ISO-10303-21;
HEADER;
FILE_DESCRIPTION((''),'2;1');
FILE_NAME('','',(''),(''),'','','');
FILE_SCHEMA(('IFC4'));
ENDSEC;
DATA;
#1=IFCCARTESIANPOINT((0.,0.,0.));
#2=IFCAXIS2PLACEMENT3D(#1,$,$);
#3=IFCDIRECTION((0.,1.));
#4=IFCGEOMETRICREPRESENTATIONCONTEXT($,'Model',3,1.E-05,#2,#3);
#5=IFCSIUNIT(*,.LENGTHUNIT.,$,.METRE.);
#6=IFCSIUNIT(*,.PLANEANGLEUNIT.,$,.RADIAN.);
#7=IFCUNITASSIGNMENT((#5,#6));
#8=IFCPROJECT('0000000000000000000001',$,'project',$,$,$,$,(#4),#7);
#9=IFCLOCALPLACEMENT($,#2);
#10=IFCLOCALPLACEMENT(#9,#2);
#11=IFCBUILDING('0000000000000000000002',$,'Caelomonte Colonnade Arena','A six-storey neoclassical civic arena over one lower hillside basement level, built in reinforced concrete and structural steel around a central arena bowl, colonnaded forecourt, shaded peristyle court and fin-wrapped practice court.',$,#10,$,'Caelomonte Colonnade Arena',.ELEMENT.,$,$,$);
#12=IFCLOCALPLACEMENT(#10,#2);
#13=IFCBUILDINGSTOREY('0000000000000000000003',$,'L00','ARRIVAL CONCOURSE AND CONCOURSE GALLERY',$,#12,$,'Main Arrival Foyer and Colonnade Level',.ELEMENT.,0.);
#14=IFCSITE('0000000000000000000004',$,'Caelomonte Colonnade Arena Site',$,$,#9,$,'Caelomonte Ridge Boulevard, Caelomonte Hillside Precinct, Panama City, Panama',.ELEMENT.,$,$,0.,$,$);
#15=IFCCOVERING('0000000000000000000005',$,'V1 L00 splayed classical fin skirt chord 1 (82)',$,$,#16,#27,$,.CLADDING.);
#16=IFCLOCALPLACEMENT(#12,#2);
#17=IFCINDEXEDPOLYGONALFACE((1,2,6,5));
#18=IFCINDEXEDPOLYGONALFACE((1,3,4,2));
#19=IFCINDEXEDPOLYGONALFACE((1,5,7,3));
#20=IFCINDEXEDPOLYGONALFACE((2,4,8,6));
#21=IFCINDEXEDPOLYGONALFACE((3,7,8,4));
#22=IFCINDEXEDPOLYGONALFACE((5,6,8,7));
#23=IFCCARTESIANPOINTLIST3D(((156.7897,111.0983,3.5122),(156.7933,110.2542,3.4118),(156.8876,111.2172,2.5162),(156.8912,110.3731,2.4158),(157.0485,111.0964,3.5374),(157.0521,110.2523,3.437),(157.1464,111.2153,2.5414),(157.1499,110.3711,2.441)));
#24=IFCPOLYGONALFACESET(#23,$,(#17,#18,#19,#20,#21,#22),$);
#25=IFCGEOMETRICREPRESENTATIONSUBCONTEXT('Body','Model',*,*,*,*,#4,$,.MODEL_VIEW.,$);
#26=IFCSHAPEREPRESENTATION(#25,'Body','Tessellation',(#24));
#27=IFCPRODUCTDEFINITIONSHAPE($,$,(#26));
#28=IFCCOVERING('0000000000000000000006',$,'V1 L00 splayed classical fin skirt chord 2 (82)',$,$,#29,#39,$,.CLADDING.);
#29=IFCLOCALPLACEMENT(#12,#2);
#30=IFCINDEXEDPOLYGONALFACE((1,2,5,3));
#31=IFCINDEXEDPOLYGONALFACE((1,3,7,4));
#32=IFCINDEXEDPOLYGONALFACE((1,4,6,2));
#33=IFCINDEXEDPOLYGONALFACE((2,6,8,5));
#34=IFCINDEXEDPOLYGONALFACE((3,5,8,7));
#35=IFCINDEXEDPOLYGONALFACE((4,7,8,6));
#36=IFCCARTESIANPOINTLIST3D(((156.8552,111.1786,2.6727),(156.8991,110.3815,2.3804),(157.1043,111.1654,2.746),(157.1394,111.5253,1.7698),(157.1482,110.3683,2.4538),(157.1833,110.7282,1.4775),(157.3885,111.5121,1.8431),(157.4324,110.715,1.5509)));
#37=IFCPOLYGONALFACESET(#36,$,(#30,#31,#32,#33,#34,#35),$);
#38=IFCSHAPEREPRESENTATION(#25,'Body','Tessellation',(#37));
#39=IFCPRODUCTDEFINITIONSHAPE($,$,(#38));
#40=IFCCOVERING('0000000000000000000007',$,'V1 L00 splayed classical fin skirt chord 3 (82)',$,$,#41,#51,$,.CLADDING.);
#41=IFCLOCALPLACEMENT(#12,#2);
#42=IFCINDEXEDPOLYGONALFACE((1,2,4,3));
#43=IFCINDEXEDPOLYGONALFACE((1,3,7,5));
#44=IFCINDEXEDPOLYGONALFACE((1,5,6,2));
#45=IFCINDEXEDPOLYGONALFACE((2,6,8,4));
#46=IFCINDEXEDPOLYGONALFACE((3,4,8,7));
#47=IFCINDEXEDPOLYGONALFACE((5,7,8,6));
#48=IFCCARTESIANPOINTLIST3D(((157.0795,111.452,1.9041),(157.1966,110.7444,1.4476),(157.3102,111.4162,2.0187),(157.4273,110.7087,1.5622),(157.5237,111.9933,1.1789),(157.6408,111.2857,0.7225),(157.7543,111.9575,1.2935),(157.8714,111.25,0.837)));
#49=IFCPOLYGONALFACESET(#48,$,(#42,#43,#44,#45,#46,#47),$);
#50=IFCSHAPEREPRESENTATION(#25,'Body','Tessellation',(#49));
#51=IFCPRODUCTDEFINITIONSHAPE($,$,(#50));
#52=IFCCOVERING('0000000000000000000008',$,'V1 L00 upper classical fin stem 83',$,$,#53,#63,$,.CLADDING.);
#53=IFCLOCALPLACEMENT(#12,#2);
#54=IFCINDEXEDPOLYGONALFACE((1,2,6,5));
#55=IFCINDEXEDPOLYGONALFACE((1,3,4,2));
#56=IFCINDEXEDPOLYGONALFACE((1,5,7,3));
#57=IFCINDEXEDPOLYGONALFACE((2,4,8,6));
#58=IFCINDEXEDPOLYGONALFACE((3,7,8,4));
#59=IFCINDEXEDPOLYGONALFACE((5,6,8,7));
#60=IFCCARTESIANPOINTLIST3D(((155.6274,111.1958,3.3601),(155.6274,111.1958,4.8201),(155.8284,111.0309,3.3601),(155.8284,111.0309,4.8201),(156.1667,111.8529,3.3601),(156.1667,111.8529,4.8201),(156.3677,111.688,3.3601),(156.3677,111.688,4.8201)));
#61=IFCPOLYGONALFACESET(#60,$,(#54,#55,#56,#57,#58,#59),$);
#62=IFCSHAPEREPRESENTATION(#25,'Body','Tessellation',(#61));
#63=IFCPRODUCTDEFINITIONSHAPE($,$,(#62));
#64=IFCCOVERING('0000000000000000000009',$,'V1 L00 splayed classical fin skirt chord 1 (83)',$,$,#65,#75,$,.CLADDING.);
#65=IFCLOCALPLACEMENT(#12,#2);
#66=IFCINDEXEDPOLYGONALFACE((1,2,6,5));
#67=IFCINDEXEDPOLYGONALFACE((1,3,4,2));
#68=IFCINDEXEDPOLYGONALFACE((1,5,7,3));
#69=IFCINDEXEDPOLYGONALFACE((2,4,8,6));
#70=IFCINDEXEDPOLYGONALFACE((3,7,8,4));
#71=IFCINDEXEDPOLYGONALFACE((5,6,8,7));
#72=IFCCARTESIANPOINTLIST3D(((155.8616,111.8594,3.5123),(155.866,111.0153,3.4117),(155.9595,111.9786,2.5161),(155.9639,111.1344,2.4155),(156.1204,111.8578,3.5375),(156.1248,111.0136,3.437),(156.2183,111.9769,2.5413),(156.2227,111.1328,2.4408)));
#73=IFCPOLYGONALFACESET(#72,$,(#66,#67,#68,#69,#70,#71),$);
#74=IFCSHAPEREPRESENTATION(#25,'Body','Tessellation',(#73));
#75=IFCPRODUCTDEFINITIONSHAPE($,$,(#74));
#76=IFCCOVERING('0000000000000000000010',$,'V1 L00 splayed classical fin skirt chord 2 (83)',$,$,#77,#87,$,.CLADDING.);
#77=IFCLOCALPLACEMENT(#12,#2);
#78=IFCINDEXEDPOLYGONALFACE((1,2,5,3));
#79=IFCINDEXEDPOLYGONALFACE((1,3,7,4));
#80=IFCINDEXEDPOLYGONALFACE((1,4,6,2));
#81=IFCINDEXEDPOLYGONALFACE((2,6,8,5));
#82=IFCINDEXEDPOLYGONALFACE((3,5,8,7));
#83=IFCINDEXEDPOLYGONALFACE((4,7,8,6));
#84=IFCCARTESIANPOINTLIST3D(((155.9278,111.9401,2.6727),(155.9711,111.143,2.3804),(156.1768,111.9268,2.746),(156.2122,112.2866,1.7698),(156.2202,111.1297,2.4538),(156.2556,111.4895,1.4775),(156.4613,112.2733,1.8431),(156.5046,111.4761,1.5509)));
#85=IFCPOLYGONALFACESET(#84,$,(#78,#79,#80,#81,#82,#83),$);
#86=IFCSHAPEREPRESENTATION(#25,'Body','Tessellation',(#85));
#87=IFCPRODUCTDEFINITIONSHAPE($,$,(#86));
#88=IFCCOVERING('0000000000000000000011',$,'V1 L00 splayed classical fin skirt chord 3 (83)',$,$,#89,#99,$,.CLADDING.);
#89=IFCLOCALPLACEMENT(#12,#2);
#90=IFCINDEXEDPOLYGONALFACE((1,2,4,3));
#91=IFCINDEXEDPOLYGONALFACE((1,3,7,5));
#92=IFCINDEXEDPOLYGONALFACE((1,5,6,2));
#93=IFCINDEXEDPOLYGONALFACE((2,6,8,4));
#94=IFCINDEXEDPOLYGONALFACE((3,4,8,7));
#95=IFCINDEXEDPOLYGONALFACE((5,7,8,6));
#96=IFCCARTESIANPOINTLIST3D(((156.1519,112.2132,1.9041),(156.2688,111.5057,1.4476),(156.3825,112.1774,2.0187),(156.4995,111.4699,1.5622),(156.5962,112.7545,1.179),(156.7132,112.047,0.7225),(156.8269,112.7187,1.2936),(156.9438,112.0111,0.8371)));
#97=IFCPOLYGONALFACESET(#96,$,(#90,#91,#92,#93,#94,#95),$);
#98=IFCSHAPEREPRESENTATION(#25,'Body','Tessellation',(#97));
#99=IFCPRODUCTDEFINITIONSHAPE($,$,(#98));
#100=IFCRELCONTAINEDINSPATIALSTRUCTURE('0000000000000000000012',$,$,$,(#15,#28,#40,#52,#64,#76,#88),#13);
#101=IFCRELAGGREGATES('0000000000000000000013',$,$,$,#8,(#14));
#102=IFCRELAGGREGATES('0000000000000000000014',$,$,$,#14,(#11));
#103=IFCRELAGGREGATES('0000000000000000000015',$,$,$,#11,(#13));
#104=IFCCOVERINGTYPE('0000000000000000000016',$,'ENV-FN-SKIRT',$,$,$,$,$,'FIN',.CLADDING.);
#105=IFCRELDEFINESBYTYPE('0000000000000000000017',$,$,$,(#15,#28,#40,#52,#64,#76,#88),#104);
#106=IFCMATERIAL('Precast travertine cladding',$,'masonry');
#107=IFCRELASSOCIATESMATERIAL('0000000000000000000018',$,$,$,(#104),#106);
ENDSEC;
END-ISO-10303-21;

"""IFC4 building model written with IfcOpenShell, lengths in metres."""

from ifc_helpers import new_model, si_unit, direction, frame, origin, origin_2d, place, context, subcontext, project, spatial, rectangle, extrude, material, material_profile, profile_set, type_object, element, save


model = new_model("IFC4")

# Units and contexts
model_context = context("Model", 3, precision=1e-05, world=origin(), true_north=direction((0.0, 1.0)))
body_context = subcontext(model_context, "Body", "Model", "MODEL_VIEW")
ifc_project = project(units=[si_unit("LENGTHUNIT", "METRE"), si_unit("PLANEANGLEUNIT", "RADIAN")], contexts=[model_context])

# Site, building, storey
site_placement = place(None, origin())
site = spatial("IfcSite", under=ifc_project, at=site_placement, Name="Caelomonte Colonnade Arena Site", LongName="Caelomonte Ridge Boulevard, Caelomonte Hillside Precinct, Panama City, Panama", CompositionType="ELEMENT", RefElevation=0.0)
building_placement = place(site_placement, origin())
building = spatial("IfcBuilding", under=site, at=building_placement, Name="Caelomonte Colonnade Arena", Description="A six-storey neoclassical civic arena over one lower hillside basement level, built in reinforced concrete and structural steel around a central arena bowl, colonnaded forecourt, shaded peristyle court and fin-wrapped practice court.", LongName="Caelomonte Colonnade Arena", CompositionType="ELEMENT")
storey_placement = place(building_placement, origin())
storey = spatial("IfcBuildingStorey", under=building, at=storey_placement, Name="L00", Description="ARRIVAL CONCOURSE AND CONCOURSE GALLERY", LongName="Main Arrival Foyer and Colonnade Level", CompositionType="ELEMENT", Elevation=0.0)

# Coverings
ifc_material_1 = material(Name="Precast travertine cladding", Category="masonry")
ifc_material_profile_1 = material_profile(ifc_material_1, rectangle(XDim=0.26, YDim=0.8501, at=origin_2d()), Name="FIN260X850")
ifc_profile_set_1 = profile_set([ifc_material_profile_1], Name="Precast travertine cladding")
covering_type = type_object("IfcCoveringType", Name="ENV-FN-SKIRT", ElementType="FIN", PredefinedType="CLADDING", material=ifc_profile_set_1)
covering_1_placement = place(storey_placement, frame((156.9209, 110.6753, 3.4746), z_axis=(0.09713, 0.117961, -0.988257), x_axis=(-0.995263, 0.007354, -0.096941)))
element("IfcCovering", 1, at=covering_1_placement, inside=storey, type_object=covering_type, Name="V1 L00 splayed classical fin skirt chord 1 (82)", PredefinedType="CLADDING", context=body_context, shape_type="SweptSolid", body=[
    extrude(rectangle(XDim=0.26, YDim=0.8501, at=origin_2d()), origin(), (0.0, 0.0, 1.0), 1.0078),
])
for number, where, z_axis, x_axis, name in (
    (2, (157.0017, 110.7734, 2.5632), (0.281926, 0.343931, -0.895673), (-0.958041, 0.050587, -0.282133), "V1 L00 splayed classical fin skirt chord 2 (82)"),
    (3, (157.2534, 111.0803, 1.7332), (0.440593, 0.536995, -0.719385), (-0.887078, 0.137484, -0.440671), "V1 L00 splayed classical fin skirt chord 3 (82)"),
):
    element("IfcCovering", number, at=place(storey_placement, frame(where, z_axis=z_axis, x_axis=x_axis)), inside=storey, type_object=covering_type, Name=name, PredefinedType="CLADDING", context=body_context, shape_type="SweptSolid", body=[
        extrude(rectangle(XDim=0.26, YDim=0.8501, at=origin_2d()), origin(), (0.0, 0.0, 1.0), 1.0081),
    ])
covering_2_placement = place(storey_placement, frame((155.9976, 111.4419, 3.3601), z_axis=(0.0, 0.0, 1.0), x_axis=(0.772994, -0.634414, 0.0)))
element("IfcCovering", 4, at=covering_2_placement, inside=storey, type_object=covering_type, Name="V1 L00 upper classical fin stem 83", PredefinedType="CLADDING", context=body_context, shape_type="SweptSolid", body=[
    extrude(rectangle(XDim=0.26, YDim=0.8501, at=origin_2d()), origin(), (0.0, 0.0, 1.0), 1.46),
])
for number, where, z_axis, x_axis, name in (
    (5, (155.9932, 111.4365, 3.4746), (0.097127, 0.1182, -0.988228), (-0.995258, 0.006366, -0.097057), "V1 L00 splayed classical fin skirt chord 1 (83)"),
    (6, (156.074, 111.5349, 2.5632), (0.282173, 0.343693, -0.895686), (-0.958007, 0.051315, -0.282115), "V1 L00 splayed classical fin skirt chord 2 (83)"),
    (7, (156.3257, 111.8416, 1.7332), (0.440788, 0.536938, -0.719308), (-0.88701, 0.13776, -0.440722), "V1 L00 splayed classical fin skirt chord 3 (83)"),
):
    element("IfcCovering", number, at=place(storey_placement, frame(where, z_axis=z_axis, x_axis=x_axis)), inside=storey, type_object=covering_type, Name=name, PredefinedType="CLADDING", context=body_context, shape_type="SweptSolid", body=[
        extrude(rectangle(XDim=0.26, YDim=0.8501, at=origin_2d()), origin(), (0.0, 0.0, 1.0), 1.0081),
    ])

save(model, "model.ifc")
